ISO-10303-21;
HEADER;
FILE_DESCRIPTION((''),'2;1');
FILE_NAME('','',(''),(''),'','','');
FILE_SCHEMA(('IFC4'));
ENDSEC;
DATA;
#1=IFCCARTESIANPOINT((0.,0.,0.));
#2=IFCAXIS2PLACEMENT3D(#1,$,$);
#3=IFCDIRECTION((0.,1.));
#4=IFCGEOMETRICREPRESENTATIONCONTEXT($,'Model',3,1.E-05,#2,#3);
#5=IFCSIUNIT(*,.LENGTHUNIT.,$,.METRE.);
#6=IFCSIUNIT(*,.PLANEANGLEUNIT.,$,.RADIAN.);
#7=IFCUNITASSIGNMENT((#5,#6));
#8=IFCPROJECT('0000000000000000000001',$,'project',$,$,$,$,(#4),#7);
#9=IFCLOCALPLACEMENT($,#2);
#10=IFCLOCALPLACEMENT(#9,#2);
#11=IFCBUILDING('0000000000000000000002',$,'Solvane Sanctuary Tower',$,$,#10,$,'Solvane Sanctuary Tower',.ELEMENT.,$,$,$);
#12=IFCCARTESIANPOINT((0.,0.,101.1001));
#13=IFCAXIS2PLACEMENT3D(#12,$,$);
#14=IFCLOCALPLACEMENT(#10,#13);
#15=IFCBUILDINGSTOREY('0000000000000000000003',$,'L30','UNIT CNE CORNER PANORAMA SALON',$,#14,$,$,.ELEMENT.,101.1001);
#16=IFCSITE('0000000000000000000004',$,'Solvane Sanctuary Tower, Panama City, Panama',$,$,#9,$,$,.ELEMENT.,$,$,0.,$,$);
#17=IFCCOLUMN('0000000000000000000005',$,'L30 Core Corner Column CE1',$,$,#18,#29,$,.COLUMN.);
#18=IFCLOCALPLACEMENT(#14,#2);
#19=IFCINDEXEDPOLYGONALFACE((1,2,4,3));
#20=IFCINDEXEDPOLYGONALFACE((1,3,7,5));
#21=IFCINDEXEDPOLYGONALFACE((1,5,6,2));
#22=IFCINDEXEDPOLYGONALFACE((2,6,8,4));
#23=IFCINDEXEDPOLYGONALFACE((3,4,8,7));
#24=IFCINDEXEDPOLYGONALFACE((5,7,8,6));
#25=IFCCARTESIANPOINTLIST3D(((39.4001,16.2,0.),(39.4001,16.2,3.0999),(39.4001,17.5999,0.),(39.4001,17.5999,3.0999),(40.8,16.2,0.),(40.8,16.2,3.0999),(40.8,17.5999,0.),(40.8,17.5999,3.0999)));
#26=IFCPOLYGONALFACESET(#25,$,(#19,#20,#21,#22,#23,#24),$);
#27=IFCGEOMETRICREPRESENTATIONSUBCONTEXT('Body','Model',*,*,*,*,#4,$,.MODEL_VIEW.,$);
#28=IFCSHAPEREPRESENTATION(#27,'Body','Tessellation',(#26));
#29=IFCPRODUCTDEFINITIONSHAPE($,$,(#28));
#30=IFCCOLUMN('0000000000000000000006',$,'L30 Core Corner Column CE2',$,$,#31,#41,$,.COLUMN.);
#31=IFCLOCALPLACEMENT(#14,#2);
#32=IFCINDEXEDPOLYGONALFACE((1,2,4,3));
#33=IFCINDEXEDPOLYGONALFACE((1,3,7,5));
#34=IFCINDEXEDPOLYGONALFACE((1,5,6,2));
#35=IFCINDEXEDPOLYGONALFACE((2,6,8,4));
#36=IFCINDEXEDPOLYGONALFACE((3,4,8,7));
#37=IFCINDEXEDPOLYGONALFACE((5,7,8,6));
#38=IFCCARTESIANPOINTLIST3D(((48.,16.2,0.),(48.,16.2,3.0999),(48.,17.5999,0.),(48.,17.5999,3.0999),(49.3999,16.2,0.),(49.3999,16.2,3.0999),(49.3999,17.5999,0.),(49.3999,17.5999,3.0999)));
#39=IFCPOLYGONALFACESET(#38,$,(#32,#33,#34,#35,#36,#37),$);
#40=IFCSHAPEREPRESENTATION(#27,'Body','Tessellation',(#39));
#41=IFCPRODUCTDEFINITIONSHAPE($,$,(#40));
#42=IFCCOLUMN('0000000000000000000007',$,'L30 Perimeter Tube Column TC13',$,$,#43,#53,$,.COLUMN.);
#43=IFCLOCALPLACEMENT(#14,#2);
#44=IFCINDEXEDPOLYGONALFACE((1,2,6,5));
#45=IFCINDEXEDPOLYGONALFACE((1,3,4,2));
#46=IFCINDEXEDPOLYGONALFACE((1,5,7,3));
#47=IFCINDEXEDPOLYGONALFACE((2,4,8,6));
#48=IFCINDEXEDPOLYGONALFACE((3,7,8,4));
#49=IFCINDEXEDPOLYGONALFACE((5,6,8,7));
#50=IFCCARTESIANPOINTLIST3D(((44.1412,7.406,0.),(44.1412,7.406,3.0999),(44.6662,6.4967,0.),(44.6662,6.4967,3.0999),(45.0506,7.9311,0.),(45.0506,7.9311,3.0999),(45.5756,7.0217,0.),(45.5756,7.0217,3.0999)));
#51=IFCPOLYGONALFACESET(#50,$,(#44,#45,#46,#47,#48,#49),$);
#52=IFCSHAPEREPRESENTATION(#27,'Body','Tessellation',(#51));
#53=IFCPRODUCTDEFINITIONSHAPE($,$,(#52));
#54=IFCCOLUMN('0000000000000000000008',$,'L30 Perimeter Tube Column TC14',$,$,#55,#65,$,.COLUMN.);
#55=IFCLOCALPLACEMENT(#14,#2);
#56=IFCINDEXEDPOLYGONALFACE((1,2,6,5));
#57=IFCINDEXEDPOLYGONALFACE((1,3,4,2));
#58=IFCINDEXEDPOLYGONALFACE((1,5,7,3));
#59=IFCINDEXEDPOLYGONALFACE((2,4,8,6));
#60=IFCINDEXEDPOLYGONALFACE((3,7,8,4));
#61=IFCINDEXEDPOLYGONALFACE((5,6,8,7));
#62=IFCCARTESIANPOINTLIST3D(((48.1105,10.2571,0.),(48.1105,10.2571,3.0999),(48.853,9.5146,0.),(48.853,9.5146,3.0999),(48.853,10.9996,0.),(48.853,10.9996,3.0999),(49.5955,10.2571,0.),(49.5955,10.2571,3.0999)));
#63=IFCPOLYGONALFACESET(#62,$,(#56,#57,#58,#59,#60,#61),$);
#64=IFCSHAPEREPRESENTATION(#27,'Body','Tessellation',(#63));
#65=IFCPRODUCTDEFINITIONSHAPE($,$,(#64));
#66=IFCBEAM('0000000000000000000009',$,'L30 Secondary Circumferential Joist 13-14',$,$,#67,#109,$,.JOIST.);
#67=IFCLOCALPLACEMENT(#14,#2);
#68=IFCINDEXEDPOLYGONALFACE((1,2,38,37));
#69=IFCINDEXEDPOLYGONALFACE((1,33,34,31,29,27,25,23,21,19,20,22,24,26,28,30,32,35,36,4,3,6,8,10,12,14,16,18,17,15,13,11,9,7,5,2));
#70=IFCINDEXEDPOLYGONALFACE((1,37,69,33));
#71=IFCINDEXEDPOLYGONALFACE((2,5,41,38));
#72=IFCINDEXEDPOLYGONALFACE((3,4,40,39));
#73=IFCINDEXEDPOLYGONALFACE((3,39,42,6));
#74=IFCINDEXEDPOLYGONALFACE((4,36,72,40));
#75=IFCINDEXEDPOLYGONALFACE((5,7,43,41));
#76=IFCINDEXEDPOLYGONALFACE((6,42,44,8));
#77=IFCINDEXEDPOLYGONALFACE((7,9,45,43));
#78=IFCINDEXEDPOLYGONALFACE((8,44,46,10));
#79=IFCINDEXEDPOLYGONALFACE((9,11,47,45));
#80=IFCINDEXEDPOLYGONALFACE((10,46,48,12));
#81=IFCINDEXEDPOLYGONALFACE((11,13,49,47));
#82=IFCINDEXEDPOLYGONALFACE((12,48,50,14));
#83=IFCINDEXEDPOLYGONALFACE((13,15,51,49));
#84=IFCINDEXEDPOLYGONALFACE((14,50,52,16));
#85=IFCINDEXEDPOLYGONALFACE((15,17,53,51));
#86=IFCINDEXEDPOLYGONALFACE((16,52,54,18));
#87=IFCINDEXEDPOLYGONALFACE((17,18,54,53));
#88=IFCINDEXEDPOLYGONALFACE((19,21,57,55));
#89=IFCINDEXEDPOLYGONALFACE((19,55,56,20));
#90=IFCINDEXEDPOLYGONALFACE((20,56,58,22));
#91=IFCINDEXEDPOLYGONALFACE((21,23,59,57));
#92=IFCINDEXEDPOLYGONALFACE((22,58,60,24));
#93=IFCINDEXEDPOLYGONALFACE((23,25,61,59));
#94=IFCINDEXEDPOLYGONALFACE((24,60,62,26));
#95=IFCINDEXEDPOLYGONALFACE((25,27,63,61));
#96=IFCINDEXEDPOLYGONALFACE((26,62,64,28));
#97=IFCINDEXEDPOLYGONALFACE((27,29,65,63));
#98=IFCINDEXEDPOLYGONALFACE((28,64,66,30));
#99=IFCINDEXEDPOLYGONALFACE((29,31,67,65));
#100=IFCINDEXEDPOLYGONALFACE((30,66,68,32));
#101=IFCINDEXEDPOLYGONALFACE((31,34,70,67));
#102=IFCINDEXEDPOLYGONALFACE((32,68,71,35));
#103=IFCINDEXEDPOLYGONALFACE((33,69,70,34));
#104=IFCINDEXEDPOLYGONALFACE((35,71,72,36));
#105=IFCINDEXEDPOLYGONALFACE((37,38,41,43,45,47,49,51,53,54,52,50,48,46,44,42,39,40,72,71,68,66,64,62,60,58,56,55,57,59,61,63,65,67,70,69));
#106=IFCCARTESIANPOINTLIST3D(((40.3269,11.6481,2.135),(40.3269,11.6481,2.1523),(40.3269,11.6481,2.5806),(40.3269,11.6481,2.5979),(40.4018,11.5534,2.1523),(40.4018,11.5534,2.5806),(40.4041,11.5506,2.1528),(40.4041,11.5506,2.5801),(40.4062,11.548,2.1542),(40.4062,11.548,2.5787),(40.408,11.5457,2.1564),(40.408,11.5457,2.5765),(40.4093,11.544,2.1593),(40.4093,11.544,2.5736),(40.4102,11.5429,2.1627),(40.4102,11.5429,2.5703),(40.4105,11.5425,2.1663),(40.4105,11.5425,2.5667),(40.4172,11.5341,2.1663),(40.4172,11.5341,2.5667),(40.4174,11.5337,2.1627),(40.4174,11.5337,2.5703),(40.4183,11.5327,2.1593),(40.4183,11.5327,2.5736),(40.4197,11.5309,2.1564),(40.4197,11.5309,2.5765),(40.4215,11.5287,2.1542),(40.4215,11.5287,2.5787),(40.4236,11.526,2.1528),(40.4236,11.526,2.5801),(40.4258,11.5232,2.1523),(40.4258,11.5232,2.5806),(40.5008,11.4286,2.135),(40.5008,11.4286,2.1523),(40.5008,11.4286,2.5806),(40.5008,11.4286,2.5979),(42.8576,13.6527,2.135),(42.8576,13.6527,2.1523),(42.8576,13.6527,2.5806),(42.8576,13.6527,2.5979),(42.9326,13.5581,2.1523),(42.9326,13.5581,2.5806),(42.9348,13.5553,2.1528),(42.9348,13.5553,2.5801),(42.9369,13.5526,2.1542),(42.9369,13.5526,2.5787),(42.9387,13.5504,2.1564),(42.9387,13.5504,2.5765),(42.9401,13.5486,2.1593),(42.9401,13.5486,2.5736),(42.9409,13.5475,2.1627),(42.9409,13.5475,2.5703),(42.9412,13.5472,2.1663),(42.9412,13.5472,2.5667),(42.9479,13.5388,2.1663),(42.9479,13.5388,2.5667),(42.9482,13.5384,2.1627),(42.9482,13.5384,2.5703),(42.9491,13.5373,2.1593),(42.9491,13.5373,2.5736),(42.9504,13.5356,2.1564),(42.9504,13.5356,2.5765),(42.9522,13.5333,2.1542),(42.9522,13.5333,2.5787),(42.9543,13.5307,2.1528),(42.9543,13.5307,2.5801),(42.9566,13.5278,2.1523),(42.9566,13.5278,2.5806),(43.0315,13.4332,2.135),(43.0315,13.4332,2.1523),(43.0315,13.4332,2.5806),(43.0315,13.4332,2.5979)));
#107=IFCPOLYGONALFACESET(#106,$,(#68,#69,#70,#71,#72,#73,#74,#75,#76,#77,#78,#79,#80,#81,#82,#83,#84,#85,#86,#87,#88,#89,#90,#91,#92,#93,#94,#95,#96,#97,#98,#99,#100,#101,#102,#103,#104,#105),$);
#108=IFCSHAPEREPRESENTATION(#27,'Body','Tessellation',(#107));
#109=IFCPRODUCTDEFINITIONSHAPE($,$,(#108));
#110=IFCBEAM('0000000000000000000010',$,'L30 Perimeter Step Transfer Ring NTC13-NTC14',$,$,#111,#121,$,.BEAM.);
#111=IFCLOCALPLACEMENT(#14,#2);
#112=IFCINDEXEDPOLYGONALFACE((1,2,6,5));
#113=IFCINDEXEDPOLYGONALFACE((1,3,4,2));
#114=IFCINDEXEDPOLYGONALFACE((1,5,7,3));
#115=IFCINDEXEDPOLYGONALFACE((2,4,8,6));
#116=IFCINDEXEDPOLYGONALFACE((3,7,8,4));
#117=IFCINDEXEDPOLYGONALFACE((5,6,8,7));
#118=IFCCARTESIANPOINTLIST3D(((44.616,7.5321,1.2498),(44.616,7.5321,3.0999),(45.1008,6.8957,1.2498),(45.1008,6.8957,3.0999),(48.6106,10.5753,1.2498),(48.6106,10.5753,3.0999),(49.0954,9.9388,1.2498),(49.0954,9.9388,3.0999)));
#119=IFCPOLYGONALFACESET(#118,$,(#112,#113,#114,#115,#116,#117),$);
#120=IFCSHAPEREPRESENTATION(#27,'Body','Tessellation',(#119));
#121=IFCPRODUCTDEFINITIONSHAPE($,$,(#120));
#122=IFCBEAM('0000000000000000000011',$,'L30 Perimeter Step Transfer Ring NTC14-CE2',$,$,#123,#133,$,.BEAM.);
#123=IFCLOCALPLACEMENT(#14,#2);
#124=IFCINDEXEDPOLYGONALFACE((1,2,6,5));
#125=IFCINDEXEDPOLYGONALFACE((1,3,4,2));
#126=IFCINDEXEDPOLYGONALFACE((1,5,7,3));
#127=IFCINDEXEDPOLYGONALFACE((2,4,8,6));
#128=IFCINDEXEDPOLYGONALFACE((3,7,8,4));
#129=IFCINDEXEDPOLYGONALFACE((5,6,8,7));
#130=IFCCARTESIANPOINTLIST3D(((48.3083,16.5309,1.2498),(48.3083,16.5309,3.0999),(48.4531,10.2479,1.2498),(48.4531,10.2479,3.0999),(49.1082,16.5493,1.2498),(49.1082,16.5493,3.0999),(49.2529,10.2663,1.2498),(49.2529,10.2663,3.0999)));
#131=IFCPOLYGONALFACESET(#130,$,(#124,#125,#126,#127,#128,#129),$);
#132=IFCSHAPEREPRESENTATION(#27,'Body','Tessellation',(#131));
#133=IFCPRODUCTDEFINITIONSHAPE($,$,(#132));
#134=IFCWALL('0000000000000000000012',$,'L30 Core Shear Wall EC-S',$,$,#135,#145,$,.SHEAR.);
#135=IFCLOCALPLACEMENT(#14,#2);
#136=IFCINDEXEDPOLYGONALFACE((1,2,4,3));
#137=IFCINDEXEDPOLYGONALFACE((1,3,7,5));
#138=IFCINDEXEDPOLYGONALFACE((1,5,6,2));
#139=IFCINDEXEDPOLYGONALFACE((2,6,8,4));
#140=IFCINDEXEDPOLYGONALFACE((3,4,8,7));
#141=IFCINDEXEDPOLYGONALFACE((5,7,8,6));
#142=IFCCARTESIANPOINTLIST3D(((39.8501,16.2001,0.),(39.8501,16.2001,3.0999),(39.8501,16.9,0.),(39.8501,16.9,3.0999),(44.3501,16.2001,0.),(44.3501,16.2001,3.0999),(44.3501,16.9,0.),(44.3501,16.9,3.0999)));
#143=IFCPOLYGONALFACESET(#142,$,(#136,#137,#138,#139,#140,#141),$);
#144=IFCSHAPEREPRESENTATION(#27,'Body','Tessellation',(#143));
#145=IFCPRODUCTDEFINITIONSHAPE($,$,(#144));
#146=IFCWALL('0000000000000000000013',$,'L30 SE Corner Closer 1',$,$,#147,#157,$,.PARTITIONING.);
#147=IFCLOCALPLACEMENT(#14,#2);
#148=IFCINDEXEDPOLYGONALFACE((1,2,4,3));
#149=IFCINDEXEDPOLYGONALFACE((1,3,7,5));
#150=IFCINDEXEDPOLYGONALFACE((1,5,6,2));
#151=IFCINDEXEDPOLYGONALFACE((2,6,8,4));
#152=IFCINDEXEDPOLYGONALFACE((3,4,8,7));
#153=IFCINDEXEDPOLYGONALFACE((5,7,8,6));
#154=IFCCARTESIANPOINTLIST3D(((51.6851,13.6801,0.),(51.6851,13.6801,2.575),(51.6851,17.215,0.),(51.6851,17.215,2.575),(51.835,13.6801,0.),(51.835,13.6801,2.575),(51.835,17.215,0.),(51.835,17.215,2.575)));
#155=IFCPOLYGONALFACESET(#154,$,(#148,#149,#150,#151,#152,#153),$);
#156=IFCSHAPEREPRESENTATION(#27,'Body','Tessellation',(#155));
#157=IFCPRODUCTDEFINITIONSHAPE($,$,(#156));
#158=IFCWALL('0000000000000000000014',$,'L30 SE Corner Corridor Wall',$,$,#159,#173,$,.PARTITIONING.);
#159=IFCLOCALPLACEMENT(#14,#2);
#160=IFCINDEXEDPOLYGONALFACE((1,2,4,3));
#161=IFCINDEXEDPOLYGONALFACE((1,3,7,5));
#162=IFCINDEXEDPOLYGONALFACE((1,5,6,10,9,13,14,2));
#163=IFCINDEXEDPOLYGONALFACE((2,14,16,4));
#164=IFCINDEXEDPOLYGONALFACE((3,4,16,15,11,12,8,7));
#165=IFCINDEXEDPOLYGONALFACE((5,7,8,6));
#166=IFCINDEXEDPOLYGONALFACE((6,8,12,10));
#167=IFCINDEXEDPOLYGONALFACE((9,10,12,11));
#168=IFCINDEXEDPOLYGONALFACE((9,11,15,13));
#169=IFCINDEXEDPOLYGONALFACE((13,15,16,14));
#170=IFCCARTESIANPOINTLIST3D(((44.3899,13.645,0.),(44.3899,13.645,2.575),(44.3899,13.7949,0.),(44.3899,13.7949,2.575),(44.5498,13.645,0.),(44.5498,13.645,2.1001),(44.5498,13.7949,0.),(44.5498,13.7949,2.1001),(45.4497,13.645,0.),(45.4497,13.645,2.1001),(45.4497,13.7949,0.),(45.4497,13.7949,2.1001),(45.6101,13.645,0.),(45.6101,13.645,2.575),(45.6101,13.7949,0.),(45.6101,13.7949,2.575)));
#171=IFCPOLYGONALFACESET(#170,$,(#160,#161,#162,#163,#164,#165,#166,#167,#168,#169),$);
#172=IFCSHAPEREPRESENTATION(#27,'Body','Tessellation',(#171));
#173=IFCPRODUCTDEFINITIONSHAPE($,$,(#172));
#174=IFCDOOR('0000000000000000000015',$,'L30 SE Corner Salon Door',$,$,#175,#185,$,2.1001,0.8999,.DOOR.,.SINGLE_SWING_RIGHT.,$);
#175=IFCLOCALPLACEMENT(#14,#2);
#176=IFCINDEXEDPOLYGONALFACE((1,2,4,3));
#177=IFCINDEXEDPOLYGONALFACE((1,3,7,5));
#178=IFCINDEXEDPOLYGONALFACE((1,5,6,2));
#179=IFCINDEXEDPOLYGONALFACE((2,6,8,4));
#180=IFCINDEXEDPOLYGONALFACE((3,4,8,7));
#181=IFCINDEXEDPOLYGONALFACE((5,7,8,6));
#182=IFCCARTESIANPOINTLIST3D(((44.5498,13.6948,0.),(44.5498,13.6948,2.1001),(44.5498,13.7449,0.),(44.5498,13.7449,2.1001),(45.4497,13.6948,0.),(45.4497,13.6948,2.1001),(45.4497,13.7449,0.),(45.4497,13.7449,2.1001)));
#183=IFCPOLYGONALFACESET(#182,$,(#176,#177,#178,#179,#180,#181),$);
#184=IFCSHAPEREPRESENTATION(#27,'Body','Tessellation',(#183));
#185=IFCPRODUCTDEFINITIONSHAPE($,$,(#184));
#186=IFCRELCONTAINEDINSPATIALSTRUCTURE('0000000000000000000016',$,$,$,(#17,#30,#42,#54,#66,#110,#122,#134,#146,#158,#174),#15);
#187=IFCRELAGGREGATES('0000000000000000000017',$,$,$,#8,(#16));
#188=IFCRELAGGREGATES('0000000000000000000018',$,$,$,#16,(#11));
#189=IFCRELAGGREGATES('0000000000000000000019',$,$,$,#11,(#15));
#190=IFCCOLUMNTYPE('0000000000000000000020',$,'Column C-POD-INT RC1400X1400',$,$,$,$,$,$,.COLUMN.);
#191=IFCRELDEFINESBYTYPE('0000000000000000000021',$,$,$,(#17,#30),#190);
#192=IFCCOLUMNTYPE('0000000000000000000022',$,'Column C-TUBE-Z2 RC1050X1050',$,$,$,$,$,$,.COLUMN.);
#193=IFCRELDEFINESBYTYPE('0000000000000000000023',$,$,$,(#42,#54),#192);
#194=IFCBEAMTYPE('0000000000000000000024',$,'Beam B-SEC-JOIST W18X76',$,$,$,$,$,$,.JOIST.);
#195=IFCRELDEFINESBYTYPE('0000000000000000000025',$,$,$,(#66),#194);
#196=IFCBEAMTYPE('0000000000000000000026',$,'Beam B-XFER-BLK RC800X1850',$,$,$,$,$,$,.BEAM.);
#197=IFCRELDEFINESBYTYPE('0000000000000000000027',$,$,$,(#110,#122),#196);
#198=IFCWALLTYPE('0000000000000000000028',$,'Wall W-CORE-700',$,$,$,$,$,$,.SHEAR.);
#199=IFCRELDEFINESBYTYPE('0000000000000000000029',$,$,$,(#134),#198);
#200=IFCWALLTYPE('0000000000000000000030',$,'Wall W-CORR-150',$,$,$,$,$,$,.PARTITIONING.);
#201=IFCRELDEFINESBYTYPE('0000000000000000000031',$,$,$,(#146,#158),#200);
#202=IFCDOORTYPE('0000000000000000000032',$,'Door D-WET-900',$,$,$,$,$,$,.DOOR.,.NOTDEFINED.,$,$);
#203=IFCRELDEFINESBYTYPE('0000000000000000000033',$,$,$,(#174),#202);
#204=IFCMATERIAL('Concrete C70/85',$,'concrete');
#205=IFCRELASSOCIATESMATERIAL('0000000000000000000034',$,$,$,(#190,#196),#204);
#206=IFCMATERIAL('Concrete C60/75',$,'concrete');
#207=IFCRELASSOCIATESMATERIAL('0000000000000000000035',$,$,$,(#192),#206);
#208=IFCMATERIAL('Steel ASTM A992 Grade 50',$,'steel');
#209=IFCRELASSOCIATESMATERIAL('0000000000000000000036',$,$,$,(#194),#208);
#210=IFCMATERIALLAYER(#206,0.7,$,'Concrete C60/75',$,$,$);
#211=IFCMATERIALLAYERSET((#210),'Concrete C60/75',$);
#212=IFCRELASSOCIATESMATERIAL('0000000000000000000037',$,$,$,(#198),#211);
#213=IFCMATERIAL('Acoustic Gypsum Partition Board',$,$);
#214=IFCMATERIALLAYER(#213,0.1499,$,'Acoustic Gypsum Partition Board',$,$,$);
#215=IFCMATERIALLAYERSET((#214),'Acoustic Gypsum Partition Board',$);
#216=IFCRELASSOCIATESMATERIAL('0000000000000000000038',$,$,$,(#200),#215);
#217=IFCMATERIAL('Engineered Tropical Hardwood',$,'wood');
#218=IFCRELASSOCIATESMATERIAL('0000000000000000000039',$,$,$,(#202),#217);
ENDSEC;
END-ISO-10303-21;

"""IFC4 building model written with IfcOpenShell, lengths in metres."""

from ifc_helpers import new_model, si_unit, direction, frame, frame_2d, origin, origin_2d, place, context, subcontext, project, spatial, rectangle, i_section, extrude, material, layer, layer_set, material_profile, profile_set, type_object, element, fill, save


model = new_model("IFC4")

# Units and contexts
model_context = context("Model", 3, precision=1e-05, world=origin(), true_north=direction((0.0, 1.0)))
body_context = subcontext(model_context, "Body", "Model", "MODEL_VIEW")
ifc_project = project(units=[si_unit("LENGTHUNIT", "METRE"), si_unit("PLANEANGLEUNIT", "RADIAN")], contexts=[model_context])

# Site, building, storey
site_placement = place(None, origin())
site = spatial("IfcSite", under=ifc_project, at=site_placement, Name="Solvane Sanctuary Tower, Panama City, Panama", CompositionType="ELEMENT", RefElevation=0.0)
building_placement = place(site_placement, origin())
building = spatial("IfcBuilding", under=site, at=building_placement, Name="Solvane Sanctuary Tower", LongName="Solvane Sanctuary Tower", CompositionType="ELEMENT")
storey_placement = place(building_placement, frame((0.0, 0.0, 101.1001)))
storey = spatial("IfcBuildingStorey", under=building, at=storey_placement, Name="L30", Description="UNIT CNE CORNER PANORAMA SALON", CompositionType="ELEMENT", Elevation=101.1001)

# Columns
ifc_material_1 = material(Name="Concrete C70/85", Category="concrete")
ifc_material_profile_1 = material_profile(ifc_material_1, rectangle(XDim=1.3999, YDim=1.3999, at=origin_2d()), Name="RC1400X1400")
ifc_profile_set_1 = profile_set([ifc_material_profile_1], Name="Concrete C70/85")
column_type_1 = type_object("IfcColumnType", Name="Column C-POD-INT RC1400X1400", PredefinedType="COLUMN", material=ifc_profile_set_1)
for number, where, z_axis, x_axis, name in (
    (1, (40.1001, 16.8999, 0.0), (0.0, 0.0, 1.0), (1.0, 0.0, 0.0), "L30 Core Corner Column CE1"),
    (2, (48.7, 16.8999, 0.0), (0.0, 0.0, 1.0), (1.0, 0.0, 0.0), "L30 Core Corner Column CE2"),
):
    element("IfcColumn", number, at=place(storey_placement, frame(where, z_axis=z_axis, x_axis=x_axis)), inside=storey, type_object=column_type_1, Name=name, PredefinedType="COLUMN", context=body_context, shape_type="SweptSolid", body=[
        extrude(rectangle(XDim=1.3999, YDim=1.3999, at=origin_2d()), origin(), (0.0, 0.0, 1.0), 3.0999),
    ])
ifc_material_2 = material(Name="Concrete C60/75", Category="concrete")
ifc_material_profile_2 = material_profile(ifc_material_2, rectangle(XDim=1.05, YDim=1.05, at=origin_2d()), Name="RC1050X1050")
ifc_profile_set_2 = profile_set([ifc_material_profile_2], Name="Concrete C60/75")
column_type_2 = type_object("IfcColumnType", Name="Column C-TUBE-Z2 RC1050X1050", PredefinedType="COLUMN", material=ifc_profile_set_2)
for number, where, z_axis, x_axis, name in (
    (3, (44.8584, 7.2139, 0.0), (0.0, 0.0, 1.0), (0.5, -0.866025, 0.0), "L30 Perimeter Tube Column TC13"),
    (4, (48.853, 10.2571, 0.0), (0.0, 0.0, 1.0), (0.707107, -0.707107, 0.0), "L30 Perimeter Tube Column TC14"),
):
    element("IfcColumn", number, at=place(storey_placement, frame(where, z_axis=z_axis, x_axis=x_axis)), inside=storey, type_object=column_type_2, Name=name, PredefinedType="COLUMN", context=body_context, shape_type="SweptSolid", body=[
        extrude(rectangle(XDim=1.05, YDim=1.05, at=origin_2d()), origin(), (0.0, 0.0, 1.0), 3.0999),
    ])

# Beams
ifc_material_3 = material(Name="Steel ASTM A992 Grade 50", Category="steel")
ifc_material_profile_3 = material_profile(ifc_material_3, i_section(OverallWidth=0.28, OverallDepth=0.4629, WebThickness=0.0107, FlangeThickness=0.0173, FilletRadius=0.0139, at=origin_2d()), Name="W18X76")
ifc_profile_set_3 = profile_set([ifc_material_profile_3], Name="Steel ASTM A992 Grade 50")
beam_type_1 = type_object("IfcBeamType", Name="Beam B-SEC-JOIST W18X76", PredefinedType="JOIST", material=ifc_profile_set_3)
beam_1_placement = place(storey_placement, frame((40.4138, 11.5383, 2.3665), z_axis=(0.783877, 0.620916, 0.0), x_axis=(-0.620916, 0.783877, 0.0)))
element("IfcBeam", 5, at=beam_1_placement, inside=storey, type_object=beam_type_1, Name="L30 Secondary Circumferential Joist 13-14", PredefinedType="JOIST", context=body_context, shape_type="SweptSolid", body=[
    extrude(i_section(OverallWidth=0.28, OverallDepth=0.4629, WebThickness=0.0107, FlangeThickness=0.0173, FilletRadius=0.0139, at=origin_2d()), origin(), (0.0, 0.0, 1.0), 3.2285),
])
ifc_material_profile_4 = material_profile(ifc_material_1, rectangle(XDim=0.8, YDim=1.8501, at=origin_2d()), Name="RC800X1850")
ifc_profile_set_4 = profile_set([ifc_material_profile_4], Name="Concrete C70/85")
beam_type_2 = type_object("IfcBeamType", Name="Beam B-XFER-BLK RC800X1850", PredefinedType="BEAM", material=ifc_profile_set_4)
beam_2_placement = place(storey_placement, frame((44.8584, 7.2139, 2.1748), z_axis=(0.795462, 0.606004, 0.0), x_axis=(-0.606004, 0.795462, 0.0)))
element("IfcBeam", 6, at=beam_2_placement, inside=storey, type_object=beam_type_2, Name="L30 Perimeter Step Transfer Ring NTC13-NTC14", PredefinedType="BEAM", context=body_context, shape_type="SweptSolid", body=[
    extrude(rectangle(XDim=0.8, YDim=1.8501, at=origin_2d()), origin(), (0.0, 0.0, 1.0), 5.0217),
])
beam_3_placement = place(storey_placement, frame((48.853, 10.2571, 2.1748), z_axis=(-0.023036, 0.999735, 0.0), x_axis=(-0.999735, -0.023036, 0.0)))
element("IfcBeam", 7, at=beam_3_placement, inside=storey, type_object=beam_type_2, Name="L30 Perimeter Step Transfer Ring NTC14-CE2", PredefinedType="BEAM", context=body_context, shape_type="SweptSolid", body=[
    extrude(rectangle(XDim=0.8, YDim=1.8501, at=origin_2d()), origin(), (0.0, 0.0, 1.0), 6.2847),
])

# Walls
ifc_layer_1 = layer(ifc_material_2, 0.7, Name="Concrete C60/75")
ifc_layer_set_1 = layer_set([ifc_layer_1], Name="Concrete C60/75")
wall_type_1 = type_object("IfcWallType", Name="Wall W-CORE-700", PredefinedType="SHEAR", material=ifc_layer_set_1)
wall_1_placement = place(storey_placement, frame((39.8501, 16.55, 0.0), z_axis=(0.0, 0.0, 1.0), x_axis=(1.0, 0.0, 0.0)))
element("IfcWall", 8, at=wall_1_placement, inside=storey, type_object=wall_type_1, Name="L30 Core Shear Wall EC-S", PredefinedType="SHEAR", context=body_context, shape_type="SweptSolid", body=[
    extrude(rectangle(XDim=4.5, YDim=0.7, at=frame_2d((2.25, 0.0))), origin(), (0.0, 0.0, 1.0), 3.0999),
])
ifc_material_4 = material(Name="Acoustic Gypsum Partition Board")
ifc_layer_2 = layer(ifc_material_4, 0.1499, Name="Acoustic Gypsum Partition Board")
ifc_layer_set_2 = layer_set([ifc_layer_2], Name="Acoustic Gypsum Partition Board")
wall_type_2 = type_object("IfcWallType", Name="Wall W-CORR-150", PredefinedType="PARTITIONING", material=ifc_layer_set_2)
wall_2_placement = place(storey_placement, frame((51.76, 13.6799, 0.0), z_axis=(0.0, 0.0, 1.0), x_axis=(0.0, 1.0, 0.0)))
element("IfcWall", 9, at=wall_2_placement, inside=storey, type_object=wall_type_2, Name="L30 SE Corner Closer 1", PredefinedType="PARTITIONING", context=body_context, shape_type="SweptSolid", body=[
    extrude(rectangle(XDim=3.5349, YDim=0.1499, at=frame_2d((1.7676, 0.0))), origin(), (0.0, 0.0, 1.0), 2.575),
])

# Wall, opening, door
wall_3_placement = place(storey_placement, frame((44.3899, 13.72, 0.0), z_axis=(0.0, 0.0, 1.0), x_axis=(1.0, 0.0, 0.0)))
wall_3 = element("IfcWall", 10, at=wall_3_placement, inside=storey, type_object=wall_type_2, Name="L30 SE Corner Corridor Wall", PredefinedType="PARTITIONING", context=body_context, shape_type="SweptSolid", body=[
    extrude(rectangle(XDim=1.2202, YDim=0.1499, at=frame_2d((0.6101, 0.0))), origin(), (0.0, 0.0, 1.0), 2.575),
])
opening_1_placement = place(wall_3_placement, frame((0.1599, 0.0, 0.0)))
opening_1 = element("IfcOpeningElement", 11, at=opening_1_placement, cuts=wall_3, PredefinedType="OPENING", context=body_context, shape_type="SweptSolid", body=[
    extrude(rectangle(XDim=0.8999, YDim=2.1001, at=frame_2d((0.45, 1.05))), frame((0.0, 0.085, 0.0), z_axis=(0.0, -1.0, 0.0), x_axis=(1.0, 0.0, 0.0)), (0.0, 0.0, 1.0), 0.1699),
])
ifc_material_5 = material(Name="Engineered Tropical Hardwood", Category="wood")
door_type = type_object("IfcDoorType", Name="Door D-WET-900", OperationType="NOTDEFINED", PredefinedType="DOOR", material=ifc_material_5)
door_placement = place(opening_1_placement, origin())
door = element("IfcDoor", 12, at=door_placement, inside=storey, type_object=door_type, Name="L30 SE Corner Salon Door", OperationType="SINGLE_SWING_RIGHT", OverallHeight=2.1001, OverallWidth=0.8999, PredefinedType="DOOR", context=body_context, shape_type="SweptSolid", body=[
    extrude(rectangle(XDim=0.8999, YDim=2.1001, at=frame_2d((0.45, 1.05))), frame((0.0, 0.0249, 0.0), z_axis=(0.0, -1.0, 0.0), x_axis=(1.0, 0.0, 0.0)), (0.0, 0.0, 1.0), 0.05),
])
fill(opening_1, door)

save(model, "model.ifc")
